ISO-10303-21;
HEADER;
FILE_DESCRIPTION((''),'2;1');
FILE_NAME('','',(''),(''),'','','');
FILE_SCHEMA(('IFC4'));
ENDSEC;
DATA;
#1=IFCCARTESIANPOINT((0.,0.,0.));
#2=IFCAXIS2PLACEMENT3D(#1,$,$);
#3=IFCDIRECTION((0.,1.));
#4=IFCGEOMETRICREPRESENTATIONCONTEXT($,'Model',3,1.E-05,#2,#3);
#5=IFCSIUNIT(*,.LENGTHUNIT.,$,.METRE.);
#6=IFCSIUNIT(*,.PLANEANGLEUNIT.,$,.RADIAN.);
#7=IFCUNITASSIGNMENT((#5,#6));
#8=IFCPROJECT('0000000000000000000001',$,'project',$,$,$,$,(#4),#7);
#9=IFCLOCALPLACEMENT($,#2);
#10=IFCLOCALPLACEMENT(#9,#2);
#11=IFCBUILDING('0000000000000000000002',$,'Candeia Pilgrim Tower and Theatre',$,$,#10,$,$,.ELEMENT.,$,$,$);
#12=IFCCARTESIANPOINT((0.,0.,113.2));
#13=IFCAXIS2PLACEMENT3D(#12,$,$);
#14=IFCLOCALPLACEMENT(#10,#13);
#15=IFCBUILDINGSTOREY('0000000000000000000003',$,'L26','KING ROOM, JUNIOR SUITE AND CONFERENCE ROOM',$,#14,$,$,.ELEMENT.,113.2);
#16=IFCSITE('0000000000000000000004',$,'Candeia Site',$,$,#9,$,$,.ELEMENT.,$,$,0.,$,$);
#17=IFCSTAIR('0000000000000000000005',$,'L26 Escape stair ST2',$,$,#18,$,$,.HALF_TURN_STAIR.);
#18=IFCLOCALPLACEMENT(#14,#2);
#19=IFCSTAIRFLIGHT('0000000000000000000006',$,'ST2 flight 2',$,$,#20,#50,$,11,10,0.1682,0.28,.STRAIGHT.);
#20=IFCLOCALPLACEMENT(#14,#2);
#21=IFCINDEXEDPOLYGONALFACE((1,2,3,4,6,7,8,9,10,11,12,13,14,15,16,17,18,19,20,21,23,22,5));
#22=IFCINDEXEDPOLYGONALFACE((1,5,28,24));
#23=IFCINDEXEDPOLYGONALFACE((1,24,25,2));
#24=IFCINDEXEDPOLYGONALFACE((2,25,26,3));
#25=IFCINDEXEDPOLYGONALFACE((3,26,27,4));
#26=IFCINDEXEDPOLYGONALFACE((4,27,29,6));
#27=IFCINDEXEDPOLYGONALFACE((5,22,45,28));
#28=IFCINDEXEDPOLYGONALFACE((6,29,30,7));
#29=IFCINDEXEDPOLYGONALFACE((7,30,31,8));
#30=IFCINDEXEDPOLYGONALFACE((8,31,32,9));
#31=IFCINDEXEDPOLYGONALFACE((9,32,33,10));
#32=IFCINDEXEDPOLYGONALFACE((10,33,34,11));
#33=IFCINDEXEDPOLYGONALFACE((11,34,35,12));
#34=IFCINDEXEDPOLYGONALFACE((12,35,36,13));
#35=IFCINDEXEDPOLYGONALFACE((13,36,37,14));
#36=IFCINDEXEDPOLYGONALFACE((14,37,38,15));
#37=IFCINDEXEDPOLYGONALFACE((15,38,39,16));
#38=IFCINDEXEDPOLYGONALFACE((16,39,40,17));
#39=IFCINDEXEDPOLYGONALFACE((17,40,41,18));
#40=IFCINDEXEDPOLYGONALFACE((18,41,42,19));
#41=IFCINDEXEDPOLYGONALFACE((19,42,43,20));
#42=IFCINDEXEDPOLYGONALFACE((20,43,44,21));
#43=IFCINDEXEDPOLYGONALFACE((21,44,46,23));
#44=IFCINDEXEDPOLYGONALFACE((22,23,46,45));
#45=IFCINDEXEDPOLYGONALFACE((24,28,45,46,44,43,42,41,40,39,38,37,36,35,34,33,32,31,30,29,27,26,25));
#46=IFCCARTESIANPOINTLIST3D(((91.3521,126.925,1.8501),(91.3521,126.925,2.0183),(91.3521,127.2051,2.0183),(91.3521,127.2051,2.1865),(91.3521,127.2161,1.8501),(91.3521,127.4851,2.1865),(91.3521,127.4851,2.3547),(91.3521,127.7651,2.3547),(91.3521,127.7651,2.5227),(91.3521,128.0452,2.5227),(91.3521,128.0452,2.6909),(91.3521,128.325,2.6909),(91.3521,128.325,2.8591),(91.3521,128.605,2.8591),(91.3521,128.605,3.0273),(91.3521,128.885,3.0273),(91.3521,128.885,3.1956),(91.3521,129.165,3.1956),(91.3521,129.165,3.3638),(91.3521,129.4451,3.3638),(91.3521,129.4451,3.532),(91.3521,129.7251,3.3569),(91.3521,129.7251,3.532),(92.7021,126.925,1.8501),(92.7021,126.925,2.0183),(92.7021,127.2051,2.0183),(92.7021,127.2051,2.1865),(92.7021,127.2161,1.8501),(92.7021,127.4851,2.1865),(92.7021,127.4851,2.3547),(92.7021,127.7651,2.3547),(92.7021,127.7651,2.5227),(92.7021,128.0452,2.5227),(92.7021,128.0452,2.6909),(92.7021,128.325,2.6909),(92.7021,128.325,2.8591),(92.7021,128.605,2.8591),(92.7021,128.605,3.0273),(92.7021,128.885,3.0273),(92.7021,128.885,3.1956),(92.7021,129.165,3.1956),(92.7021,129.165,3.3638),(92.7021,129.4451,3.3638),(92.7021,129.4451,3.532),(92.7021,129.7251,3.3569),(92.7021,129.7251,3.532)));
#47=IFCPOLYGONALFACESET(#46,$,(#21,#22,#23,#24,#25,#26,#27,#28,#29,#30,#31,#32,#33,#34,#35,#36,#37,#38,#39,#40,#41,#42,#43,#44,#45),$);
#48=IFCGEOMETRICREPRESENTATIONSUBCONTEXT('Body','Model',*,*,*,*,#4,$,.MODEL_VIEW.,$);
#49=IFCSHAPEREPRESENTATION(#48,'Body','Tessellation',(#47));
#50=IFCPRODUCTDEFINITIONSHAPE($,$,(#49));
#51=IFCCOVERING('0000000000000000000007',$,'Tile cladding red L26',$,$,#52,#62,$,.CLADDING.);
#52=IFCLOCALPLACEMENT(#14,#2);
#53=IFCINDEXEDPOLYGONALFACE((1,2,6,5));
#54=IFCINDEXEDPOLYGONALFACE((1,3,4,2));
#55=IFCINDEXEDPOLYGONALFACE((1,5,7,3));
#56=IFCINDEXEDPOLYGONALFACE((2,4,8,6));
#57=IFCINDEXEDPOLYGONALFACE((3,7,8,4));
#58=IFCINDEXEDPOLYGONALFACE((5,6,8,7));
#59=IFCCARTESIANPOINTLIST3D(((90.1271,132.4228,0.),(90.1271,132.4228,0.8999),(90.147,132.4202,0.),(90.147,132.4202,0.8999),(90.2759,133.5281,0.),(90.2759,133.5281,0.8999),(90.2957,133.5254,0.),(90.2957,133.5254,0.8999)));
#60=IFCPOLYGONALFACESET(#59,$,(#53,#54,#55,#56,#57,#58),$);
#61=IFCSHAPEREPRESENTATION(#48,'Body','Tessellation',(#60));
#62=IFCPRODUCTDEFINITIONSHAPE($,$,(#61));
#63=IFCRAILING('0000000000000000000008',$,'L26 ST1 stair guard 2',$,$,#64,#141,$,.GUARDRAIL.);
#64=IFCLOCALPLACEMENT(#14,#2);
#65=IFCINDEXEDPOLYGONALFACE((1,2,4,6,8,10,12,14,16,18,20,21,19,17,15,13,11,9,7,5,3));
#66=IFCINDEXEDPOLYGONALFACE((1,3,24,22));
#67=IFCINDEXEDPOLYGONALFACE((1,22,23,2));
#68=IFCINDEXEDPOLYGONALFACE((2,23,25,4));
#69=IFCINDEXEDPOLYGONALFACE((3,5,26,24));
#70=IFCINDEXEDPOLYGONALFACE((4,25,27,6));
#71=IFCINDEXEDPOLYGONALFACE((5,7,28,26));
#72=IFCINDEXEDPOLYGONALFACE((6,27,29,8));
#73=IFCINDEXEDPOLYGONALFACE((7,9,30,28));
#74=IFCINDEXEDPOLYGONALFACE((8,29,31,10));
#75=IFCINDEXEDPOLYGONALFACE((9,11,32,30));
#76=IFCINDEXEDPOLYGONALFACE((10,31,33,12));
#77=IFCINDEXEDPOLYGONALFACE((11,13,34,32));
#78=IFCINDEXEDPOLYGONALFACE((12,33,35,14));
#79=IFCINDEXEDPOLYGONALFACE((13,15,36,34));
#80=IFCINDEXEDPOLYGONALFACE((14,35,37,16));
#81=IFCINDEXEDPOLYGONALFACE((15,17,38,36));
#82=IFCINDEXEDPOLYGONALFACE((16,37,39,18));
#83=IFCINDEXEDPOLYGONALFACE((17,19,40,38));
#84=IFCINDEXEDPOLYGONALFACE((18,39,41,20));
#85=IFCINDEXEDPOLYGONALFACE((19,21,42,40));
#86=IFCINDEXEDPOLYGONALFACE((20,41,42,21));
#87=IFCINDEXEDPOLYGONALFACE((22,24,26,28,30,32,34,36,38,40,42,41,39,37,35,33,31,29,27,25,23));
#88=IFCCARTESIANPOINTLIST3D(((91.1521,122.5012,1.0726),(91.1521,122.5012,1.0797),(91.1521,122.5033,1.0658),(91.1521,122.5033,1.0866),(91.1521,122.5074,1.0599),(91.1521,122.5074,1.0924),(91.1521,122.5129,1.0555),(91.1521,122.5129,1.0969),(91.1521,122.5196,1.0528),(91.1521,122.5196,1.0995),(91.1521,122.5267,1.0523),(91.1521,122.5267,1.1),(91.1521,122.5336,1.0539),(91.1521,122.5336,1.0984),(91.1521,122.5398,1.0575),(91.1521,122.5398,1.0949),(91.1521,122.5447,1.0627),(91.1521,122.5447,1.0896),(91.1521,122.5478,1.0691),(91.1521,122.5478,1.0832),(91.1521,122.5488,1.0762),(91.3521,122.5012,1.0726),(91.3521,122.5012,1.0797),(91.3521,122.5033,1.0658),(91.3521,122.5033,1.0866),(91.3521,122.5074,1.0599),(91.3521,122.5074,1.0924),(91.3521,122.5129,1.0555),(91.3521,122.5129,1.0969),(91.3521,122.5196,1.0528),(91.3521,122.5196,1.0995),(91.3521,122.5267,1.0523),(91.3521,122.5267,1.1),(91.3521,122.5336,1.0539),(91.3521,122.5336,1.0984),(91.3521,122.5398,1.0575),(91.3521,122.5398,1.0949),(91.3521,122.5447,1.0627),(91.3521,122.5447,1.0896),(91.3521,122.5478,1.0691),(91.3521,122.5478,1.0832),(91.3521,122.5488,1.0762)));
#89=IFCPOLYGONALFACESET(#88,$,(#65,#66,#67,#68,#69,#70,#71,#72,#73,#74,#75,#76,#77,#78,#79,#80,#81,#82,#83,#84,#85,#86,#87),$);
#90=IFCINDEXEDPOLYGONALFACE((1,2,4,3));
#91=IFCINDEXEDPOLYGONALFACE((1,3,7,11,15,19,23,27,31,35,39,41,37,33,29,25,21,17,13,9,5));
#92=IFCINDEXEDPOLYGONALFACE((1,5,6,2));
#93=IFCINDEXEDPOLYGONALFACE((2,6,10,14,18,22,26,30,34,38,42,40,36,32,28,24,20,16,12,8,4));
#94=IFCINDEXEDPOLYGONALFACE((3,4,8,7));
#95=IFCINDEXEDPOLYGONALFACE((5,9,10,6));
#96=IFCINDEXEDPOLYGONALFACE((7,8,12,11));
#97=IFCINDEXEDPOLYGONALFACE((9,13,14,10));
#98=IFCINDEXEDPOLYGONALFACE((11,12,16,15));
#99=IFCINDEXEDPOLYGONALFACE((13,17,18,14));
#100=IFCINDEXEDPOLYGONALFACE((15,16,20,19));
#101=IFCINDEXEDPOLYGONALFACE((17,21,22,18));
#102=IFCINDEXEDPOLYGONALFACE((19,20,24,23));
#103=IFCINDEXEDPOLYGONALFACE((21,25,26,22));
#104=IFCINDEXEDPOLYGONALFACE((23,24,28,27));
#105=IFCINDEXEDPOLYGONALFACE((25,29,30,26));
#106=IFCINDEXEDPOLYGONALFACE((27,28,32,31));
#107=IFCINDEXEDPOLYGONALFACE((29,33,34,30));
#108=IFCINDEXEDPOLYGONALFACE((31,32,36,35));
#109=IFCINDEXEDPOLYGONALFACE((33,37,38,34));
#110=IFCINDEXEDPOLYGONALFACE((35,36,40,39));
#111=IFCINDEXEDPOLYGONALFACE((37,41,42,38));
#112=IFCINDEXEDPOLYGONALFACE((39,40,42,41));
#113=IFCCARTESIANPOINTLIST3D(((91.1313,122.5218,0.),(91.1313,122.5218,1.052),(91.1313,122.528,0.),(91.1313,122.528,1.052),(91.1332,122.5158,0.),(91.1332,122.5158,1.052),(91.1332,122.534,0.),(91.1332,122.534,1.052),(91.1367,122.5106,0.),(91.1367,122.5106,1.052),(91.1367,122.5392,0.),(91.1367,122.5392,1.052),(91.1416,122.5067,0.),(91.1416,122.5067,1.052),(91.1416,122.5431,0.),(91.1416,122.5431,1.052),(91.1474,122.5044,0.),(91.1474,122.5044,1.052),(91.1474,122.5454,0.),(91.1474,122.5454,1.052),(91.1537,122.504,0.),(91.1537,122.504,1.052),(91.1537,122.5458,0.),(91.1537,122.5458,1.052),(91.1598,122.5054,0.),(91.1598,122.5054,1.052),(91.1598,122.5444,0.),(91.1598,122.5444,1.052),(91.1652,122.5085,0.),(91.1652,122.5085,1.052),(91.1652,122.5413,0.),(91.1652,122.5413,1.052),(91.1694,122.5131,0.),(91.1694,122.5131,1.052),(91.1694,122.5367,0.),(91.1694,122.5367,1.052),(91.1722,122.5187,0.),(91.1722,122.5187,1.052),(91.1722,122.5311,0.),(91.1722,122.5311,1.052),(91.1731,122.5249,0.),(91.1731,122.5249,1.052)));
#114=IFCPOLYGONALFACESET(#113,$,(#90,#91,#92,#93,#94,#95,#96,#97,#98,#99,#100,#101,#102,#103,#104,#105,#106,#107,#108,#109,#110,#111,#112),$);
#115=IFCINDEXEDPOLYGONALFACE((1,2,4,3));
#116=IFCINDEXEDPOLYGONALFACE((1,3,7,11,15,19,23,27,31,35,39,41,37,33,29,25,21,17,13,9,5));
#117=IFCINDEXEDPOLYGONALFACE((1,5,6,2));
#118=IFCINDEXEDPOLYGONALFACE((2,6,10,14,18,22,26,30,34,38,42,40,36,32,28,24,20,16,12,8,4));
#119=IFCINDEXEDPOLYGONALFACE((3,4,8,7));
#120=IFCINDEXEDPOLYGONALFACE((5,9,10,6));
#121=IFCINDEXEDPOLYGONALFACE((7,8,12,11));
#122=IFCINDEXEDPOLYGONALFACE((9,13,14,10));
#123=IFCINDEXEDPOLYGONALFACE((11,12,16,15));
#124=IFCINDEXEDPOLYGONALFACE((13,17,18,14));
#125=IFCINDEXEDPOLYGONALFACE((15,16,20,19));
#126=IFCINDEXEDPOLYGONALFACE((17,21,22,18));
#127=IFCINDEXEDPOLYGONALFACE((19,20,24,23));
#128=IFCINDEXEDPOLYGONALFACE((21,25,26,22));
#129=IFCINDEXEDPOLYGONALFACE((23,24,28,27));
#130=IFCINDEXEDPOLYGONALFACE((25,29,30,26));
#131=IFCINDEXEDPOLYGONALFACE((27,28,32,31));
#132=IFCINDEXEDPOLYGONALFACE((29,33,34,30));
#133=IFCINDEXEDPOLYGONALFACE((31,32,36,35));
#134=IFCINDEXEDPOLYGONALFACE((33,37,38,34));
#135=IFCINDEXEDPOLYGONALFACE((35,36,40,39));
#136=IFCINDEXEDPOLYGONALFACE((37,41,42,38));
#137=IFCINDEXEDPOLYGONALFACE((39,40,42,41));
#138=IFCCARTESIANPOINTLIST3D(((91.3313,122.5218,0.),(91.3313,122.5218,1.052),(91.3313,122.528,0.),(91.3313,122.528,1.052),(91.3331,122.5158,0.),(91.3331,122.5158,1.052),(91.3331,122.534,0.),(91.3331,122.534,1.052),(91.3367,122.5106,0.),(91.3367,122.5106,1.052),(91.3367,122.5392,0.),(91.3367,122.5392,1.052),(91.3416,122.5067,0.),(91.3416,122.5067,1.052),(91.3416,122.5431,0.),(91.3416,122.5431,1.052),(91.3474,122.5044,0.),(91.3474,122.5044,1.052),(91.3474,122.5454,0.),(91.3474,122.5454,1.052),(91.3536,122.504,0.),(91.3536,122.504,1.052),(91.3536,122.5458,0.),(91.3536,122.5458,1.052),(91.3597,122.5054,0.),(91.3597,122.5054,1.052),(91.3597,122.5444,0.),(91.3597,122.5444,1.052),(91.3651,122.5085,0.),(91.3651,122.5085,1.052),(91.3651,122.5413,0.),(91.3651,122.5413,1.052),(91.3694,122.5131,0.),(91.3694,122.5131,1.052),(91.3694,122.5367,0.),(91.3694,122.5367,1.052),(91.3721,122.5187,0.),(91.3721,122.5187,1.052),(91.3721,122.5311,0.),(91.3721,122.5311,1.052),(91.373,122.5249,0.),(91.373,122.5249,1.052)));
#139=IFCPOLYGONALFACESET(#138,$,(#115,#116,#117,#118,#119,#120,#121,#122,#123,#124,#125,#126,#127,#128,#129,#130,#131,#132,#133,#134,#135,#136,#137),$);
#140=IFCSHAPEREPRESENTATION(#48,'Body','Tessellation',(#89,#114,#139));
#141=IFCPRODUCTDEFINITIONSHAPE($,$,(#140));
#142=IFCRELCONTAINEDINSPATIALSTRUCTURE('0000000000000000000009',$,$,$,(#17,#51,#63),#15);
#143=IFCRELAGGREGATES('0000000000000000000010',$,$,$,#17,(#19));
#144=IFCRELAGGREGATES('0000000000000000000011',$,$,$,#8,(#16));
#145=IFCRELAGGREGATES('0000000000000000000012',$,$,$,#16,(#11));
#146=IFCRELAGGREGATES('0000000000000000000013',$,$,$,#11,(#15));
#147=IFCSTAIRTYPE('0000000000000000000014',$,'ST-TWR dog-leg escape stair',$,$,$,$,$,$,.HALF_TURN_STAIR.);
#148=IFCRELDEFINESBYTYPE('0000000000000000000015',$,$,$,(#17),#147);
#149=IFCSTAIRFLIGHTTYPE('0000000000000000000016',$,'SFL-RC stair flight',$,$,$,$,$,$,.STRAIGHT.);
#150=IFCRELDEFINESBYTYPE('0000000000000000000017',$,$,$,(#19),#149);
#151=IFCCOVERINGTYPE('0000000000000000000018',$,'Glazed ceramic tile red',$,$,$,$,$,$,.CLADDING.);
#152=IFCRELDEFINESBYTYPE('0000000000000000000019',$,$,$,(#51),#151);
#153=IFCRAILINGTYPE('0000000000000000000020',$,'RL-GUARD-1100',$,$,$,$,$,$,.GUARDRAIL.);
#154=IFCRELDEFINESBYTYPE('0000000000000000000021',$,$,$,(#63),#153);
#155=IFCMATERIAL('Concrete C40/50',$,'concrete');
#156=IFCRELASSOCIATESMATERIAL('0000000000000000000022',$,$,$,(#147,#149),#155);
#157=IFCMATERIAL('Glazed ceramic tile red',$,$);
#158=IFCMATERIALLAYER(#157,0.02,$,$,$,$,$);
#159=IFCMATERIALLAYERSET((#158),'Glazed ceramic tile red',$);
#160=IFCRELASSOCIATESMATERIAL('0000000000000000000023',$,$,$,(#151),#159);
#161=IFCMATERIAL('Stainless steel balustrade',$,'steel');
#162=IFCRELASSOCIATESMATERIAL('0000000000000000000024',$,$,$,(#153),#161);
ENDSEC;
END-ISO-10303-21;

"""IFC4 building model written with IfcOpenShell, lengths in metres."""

from ifc_helpers import new_model, si_unit, direction, frame, origin, origin_2d, place, context, subcontext, project, spatial, polyline, rectangle, circle, outline, extrude, material, layer, layer_set, type_object, element, aggregate, save


model = new_model("IFC4")

# Units and contexts
model_context = context("Model", 3, precision=1e-05, world=origin(), true_north=direction((0.0, 1.0)))
body_context = subcontext(model_context, "Body", "Model", "MODEL_VIEW")
ifc_project = project(units=[si_unit("LENGTHUNIT", "METRE"), si_unit("PLANEANGLEUNIT", "RADIAN")], contexts=[model_context])

# Site, building, storey
site_placement = place(None, origin())
site = spatial("IfcSite", under=ifc_project, at=site_placement, Name="Candeia Site", CompositionType="ELEMENT", RefElevation=0.0)
building_placement = place(site_placement, origin())
building = spatial("IfcBuilding", under=site, at=building_placement, Name="Candeia Pilgrim Tower and Theatre", CompositionType="ELEMENT")
storey_placement = place(building_placement, frame((0.0, 0.0, 113.2)))
storey = spatial("IfcBuildingStorey", under=building, at=storey_placement, Name="L26", Description="KING ROOM, JUNIOR SUITE AND CONFERENCE ROOM", CompositionType="ELEMENT", Elevation=113.2)

# Shared definitions
ifc_material_1 = material(Name="Concrete C40/50", Category="concrete")

# Stair, stair flight
stair_type = type_object("IfcStairType", Name="ST-TWR dog-leg escape stair", PredefinedType="HALF_TURN_STAIR", material=ifc_material_1)
stair_flight_type = type_object("IfcStairFlightType", Name="SFL-RC stair flight", PredefinedType="STRAIGHT", material=ifc_material_1)
stair_1_placement = place(storey_placement, origin())
stair_1 = element("IfcStair", 1, at=stair_1_placement, inside=storey, type_object=stair_type, Name="L26 Escape stair ST2", PredefinedType="HALF_TURN_STAIR")
stair_flight_1_placement = place(storey_placement, frame((92.0271, 126.925, 1.8501), z_axis=(0.0, 0.0, 1.0), x_axis=(0.0, 1.0, 0.0)))
stair_flight_1 = element("IfcStairFlight", 2, at=stair_flight_1_placement, type_object=stair_flight_type, Name="ST2 flight 2", NumberOfRisers=11, NumberOfTreads=10, PredefinedType="STRAIGHT", RiserHeight=0.1682, TreadLength=0.28, context=body_context, shape_type="SweptSolid", body=[
    extrude(outline(polyline([(0.0, 0.0), (0.0, 0.1682), (0.28, 0.1682), (0.28, 0.3364), (0.5601, 0.3364), (0.5601, 0.5046), (0.8401, 0.5046), (0.8401, 0.6726), (1.1201, 0.6726), (1.1201, 0.8408), (1.3999, 0.8408), (1.3999, 1.009), (1.6799, 1.009), (1.6799, 1.1772), (1.96, 1.1772), (1.96, 1.3455), (2.24, 1.3455), (2.24, 1.5137), (2.52, 1.5137), (2.52, 1.6819), (2.8, 1.6819), (2.8, 1.8501), (2.8, 1.5068), (0.291, 0.0), (0.0, 0.0)])), frame((0.0, 0.675, 0.0), z_axis=(0.0, -1.0, 0.0), x_axis=(1.0, 0.0, 0.0)), (0.0, 0.0, 1.0), 1.3501),
])
aggregate(stair_1, [stair_flight_1])

# Shared definitions
ifc_material_2 = material(Name="Stainless steel balustrade", Category="steel")

# Covering
ifc_material_3 = material(Name="Glazed ceramic tile red")
ifc_layer_1 = layer(ifc_material_3, 0.02)
ifc_layer_set_1 = layer_set([ifc_layer_1], Name="Glazed ceramic tile red")
covering_type = type_object("IfcCoveringType", Name="Glazed ceramic tile red", PredefinedType="CLADDING", material=ifc_layer_set_1)
covering_placement = place(storey_placement, frame((90.2114, 132.9741, 0.0), z_axis=(0.0, 0.0, 1.0), x_axis=(-0.133412, -0.991061, 0.0)))
element("IfcCovering", 3, at=covering_placement, inside=storey, type_object=covering_type, Name="Tile cladding red L26", PredefinedType="CLADDING", context=body_context, shape_type="SweptSolid", body=[
    extrude(rectangle(XDim=1.1152, YDim=0.02, at=origin_2d()), origin(), (0.0, 0.0, 1.0), 0.8999),
])

# Railing
railing_type_1 = type_object("IfcRailingType", Name="RL-GUARD-1100", PredefinedType="GUARDRAIL", material=ifc_material_2)
railing_1_placement = place(storey_placement, frame((91.1521, 122.5249, 0.0)))
element("IfcRailing", 4, at=railing_1_placement, inside=storey, type_object=railing_type_1, Name="L26 ST1 stair guard 2", PredefinedType="GUARDRAIL", context=body_context, shape_type="SweptSolid", body=[
    extrude(circle(Radius=0.0239, at=origin_2d()), frame((0.0, 0.0, 1.0762), z_axis=(1.0, 0.0, 0.0), x_axis=(0.0, 1.0, 0.0)), (0.0, 0.0, 1.0), 0.2),
    extrude(circle(Radius=0.021, at=origin_2d()), origin(), (0.0, 0.0, 1.0), 1.052),
    extrude(circle(Radius=0.021, at=origin_2d()), frame((0.2, 0.0, 0.0)), (0.0, 0.0, 1.0), 1.052),
])

save(model, "model.ifc")
